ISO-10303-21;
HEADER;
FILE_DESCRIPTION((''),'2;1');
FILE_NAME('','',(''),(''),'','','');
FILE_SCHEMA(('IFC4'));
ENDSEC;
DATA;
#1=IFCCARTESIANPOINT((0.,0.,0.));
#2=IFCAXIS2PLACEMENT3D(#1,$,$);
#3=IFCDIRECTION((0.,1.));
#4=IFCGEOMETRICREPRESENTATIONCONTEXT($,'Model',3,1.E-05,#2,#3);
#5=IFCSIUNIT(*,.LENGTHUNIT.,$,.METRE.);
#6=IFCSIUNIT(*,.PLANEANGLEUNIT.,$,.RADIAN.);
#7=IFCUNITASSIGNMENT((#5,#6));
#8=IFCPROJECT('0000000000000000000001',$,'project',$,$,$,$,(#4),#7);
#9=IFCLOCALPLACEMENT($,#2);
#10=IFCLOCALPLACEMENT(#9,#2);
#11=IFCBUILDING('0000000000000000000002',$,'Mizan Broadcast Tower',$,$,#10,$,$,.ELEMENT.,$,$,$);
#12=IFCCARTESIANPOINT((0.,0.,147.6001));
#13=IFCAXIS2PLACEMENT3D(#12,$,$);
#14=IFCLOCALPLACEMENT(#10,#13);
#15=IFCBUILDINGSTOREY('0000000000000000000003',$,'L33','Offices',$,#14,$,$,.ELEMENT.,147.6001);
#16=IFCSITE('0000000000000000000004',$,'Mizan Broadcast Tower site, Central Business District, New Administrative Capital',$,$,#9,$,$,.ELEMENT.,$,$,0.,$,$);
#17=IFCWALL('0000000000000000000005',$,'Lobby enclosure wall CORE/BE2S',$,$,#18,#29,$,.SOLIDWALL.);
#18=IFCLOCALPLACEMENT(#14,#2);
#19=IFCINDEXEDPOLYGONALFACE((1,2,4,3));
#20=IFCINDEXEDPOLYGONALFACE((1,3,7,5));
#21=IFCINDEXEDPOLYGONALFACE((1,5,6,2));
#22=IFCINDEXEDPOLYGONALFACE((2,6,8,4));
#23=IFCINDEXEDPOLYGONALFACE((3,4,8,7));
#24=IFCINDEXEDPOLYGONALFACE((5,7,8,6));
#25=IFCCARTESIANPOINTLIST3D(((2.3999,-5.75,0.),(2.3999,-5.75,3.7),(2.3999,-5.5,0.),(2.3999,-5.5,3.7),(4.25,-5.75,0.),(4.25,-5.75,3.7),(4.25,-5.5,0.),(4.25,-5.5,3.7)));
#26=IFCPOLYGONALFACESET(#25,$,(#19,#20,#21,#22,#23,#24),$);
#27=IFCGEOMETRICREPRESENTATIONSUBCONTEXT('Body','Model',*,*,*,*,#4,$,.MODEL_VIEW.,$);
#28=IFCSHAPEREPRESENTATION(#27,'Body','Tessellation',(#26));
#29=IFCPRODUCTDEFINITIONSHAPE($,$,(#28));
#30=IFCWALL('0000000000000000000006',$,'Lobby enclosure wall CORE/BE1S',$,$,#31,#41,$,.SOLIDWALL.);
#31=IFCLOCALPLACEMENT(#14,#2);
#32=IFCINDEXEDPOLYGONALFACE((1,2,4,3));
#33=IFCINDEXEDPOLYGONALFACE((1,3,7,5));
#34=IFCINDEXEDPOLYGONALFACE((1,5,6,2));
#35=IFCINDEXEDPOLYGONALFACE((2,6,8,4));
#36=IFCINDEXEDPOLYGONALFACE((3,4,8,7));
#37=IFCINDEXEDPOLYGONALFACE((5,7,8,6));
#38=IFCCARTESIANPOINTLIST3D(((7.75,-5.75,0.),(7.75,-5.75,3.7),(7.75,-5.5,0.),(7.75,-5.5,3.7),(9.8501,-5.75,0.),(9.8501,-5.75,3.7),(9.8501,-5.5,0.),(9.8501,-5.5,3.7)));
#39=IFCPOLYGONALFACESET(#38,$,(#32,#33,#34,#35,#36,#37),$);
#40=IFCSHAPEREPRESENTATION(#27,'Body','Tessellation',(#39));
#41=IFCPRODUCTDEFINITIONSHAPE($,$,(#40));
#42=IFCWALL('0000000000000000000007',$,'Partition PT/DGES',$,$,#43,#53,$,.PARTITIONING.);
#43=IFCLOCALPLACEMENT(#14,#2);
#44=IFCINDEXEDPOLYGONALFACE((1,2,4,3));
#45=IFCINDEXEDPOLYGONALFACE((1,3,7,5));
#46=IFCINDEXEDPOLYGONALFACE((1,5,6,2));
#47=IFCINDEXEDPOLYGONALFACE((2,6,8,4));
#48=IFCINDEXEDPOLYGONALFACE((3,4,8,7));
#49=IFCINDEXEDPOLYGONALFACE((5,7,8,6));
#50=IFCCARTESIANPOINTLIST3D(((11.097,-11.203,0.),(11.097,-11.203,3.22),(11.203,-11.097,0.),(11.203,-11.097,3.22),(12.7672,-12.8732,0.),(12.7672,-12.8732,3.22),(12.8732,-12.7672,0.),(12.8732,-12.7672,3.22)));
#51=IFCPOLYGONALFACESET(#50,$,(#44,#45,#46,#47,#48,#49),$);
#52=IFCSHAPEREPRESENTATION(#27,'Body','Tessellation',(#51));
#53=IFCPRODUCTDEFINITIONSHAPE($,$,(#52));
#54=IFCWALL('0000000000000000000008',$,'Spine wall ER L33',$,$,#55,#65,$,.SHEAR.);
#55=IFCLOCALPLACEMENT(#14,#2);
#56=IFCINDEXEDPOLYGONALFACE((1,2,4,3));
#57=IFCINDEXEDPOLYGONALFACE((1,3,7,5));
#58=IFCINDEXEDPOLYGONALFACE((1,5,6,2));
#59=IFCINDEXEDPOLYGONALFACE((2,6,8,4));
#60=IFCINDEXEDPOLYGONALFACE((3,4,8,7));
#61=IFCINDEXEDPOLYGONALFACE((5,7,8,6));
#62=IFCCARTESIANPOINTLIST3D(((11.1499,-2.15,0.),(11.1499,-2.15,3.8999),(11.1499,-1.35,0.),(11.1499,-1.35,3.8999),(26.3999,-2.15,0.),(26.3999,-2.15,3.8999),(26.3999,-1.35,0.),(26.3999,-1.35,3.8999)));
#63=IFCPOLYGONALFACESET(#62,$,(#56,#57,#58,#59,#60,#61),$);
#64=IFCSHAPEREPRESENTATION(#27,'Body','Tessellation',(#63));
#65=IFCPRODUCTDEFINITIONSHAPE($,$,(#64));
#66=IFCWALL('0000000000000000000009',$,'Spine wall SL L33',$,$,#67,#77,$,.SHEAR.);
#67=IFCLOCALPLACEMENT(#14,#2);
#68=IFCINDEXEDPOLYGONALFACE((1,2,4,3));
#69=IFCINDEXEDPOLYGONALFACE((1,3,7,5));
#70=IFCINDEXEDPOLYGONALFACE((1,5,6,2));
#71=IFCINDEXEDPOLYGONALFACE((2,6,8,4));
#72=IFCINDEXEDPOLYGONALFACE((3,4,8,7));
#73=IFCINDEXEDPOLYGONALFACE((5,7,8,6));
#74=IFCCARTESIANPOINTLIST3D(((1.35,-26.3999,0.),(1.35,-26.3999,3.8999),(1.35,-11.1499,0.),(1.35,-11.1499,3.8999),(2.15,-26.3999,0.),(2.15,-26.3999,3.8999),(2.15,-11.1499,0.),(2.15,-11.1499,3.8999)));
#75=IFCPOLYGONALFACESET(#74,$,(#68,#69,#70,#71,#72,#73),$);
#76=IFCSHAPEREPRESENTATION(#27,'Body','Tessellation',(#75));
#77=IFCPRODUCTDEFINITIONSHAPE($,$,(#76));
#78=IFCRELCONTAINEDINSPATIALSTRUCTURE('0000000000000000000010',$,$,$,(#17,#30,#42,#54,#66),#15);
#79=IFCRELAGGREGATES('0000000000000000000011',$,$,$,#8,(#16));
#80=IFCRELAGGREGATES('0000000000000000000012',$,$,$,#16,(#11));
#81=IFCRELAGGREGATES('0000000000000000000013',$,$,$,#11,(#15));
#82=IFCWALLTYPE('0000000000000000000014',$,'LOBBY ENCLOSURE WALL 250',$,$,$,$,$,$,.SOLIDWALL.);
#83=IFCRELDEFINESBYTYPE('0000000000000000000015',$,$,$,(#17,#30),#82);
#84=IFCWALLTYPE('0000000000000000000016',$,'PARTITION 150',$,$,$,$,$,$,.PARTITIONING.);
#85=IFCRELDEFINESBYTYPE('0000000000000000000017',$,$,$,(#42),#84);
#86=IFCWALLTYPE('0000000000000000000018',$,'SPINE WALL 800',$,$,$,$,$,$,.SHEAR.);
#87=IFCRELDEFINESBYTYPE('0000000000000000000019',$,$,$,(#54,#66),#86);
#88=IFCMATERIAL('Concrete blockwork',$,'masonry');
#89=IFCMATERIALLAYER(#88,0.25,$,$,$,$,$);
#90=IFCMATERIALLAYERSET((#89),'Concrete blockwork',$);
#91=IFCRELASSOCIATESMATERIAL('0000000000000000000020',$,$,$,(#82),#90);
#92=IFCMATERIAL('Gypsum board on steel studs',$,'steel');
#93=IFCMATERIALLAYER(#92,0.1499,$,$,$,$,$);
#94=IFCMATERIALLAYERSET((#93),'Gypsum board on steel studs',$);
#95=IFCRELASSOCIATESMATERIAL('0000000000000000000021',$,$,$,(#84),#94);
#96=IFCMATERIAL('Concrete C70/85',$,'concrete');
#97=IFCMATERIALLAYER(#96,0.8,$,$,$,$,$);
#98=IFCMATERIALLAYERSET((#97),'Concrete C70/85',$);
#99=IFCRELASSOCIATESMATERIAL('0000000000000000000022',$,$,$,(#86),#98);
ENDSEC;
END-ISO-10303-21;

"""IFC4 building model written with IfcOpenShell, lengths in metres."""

from ifc_helpers import new_model, si_unit, direction, frame, frame_2d, origin, place, context, subcontext, project, spatial, rectangle, extrude, material, layer, layer_set, type_object, element, save


model = new_model("IFC4")

# Units and contexts
model_context = context("Model", 3, precision=1e-05, world=origin(), true_north=direction((0.0, 1.0)))
body_context = subcontext(model_context, "Body", "Model", "MODEL_VIEW")
ifc_project = project(units=[si_unit("LENGTHUNIT", "METRE"), si_unit("PLANEANGLEUNIT", "RADIAN")], contexts=[model_context])

# Site, building, storey
site_placement = place(None, origin())
site = spatial("IfcSite", under=ifc_project, at=site_placement, Name="Mizan Broadcast Tower site, Central Business District, New Administrative Capital", CompositionType="ELEMENT", RefElevation=0.0)
building_placement = place(site_placement, origin())
building = spatial("IfcBuilding", under=site, at=building_placement, Name="Mizan Broadcast Tower", CompositionType="ELEMENT")
storey_placement = place(building_placement, frame((0.0, 0.0, 147.6001)))
storey = spatial("IfcBuildingStorey", under=building, at=storey_placement, Name="L33", Description="Offices", CompositionType="ELEMENT", Elevation=147.6001)

# Walls
ifc_material_1 = material(Name="Concrete blockwork", Category="masonry")
ifc_layer_1 = layer(ifc_material_1, 0.25)
ifc_layer_set_1 = layer_set([ifc_layer_1], Name="Concrete blockwork")
wall_type_1 = type_object("IfcWallType", Name="LOBBY ENCLOSURE WALL 250", PredefinedType="SOLIDWALL", material=ifc_layer_set_1)
wall_1_placement = place(storey_placement, frame((2.3999, -5.625, 0.0), z_axis=(0.0, 0.0, 1.0), x_axis=(1.0, 0.0, 0.0)))
element("IfcWall", 1, at=wall_1_placement, inside=storey, type_object=wall_type_1, Name="Lobby enclosure wall CORE/BE2S", PredefinedType="SOLIDWALL", context=body_context, shape_type="SweptSolid", body=[
    extrude(rectangle(XDim=1.8501, YDim=0.25, at=frame_2d((0.925, 0.0))), origin(), (0.0, 0.0, 1.0), 3.7),
])
wall_2_placement = place(storey_placement, frame((7.75, -5.625, 0.0), z_axis=(0.0, 0.0, 1.0), x_axis=(1.0, 0.0, 0.0)))
element("IfcWall", 2, at=wall_2_placement, inside=storey, type_object=wall_type_1, Name="Lobby enclosure wall CORE/BE1S", PredefinedType="SOLIDWALL", context=body_context, shape_type="SweptSolid", body=[
    extrude(rectangle(XDim=2.1001, YDim=0.25, at=frame_2d((1.05, 0.0))), origin(), (0.0, 0.0, 1.0), 3.7),
])
ifc_material_2 = material(Name="Gypsum board on steel studs", Category="steel")
ifc_layer_2 = layer(ifc_material_2, 0.1499)
ifc_layer_set_2 = layer_set([ifc_layer_2], Name="Gypsum board on steel studs")
wall_type_2 = type_object("IfcWallType", Name="PARTITION 150", PredefinedType="PARTITIONING", material=ifc_layer_set_2)
wall_3_placement = place(storey_placement, frame((11.1499, -11.1499, 0.0), z_axis=(0.0, 0.0, 1.0), x_axis=(0.707107, -0.707107, 0.0)))
element("IfcWall", 3, at=wall_3_placement, inside=storey, type_object=wall_type_2, Name="Partition PT/DGES", PredefinedType="PARTITIONING", context=body_context, shape_type="SweptSolid", body=[
    extrude(rectangle(XDim=2.3621, YDim=0.1499, at=frame_2d((1.1812, 0.0))), origin(), (0.0, 0.0, 1.0), 3.22),
])
ifc_material_3 = material(Name="Concrete C70/85", Category="concrete")
ifc_layer_3 = layer(ifc_material_3, 0.8)
ifc_layer_set_3 = layer_set([ifc_layer_3], Name="Concrete C70/85")
wall_type_3 = type_object("IfcWallType", Name="SPINE WALL 800", PredefinedType="SHEAR", material=ifc_layer_set_3)
for number, where, z_axis, x_axis, name in (
    (4, (11.1499, -1.75, 0.0), (0.0, 0.0, 1.0), (1.0, 0.0, 0.0), "Spine wall ER L33"),
    (5, (1.75, -11.1499, 0.0), (0.0, 0.0, 1.0), (0.0, -1.0, 0.0), "Spine wall SL L33"),
):
    element("IfcWall", number, at=place(storey_placement, frame(where, z_axis=z_axis, x_axis=x_axis)), inside=storey, type_object=wall_type_3, Name=name, PredefinedType="SHEAR", context=body_context, shape_type="SweptSolid", body=[
        extrude(rectangle(XDim=15.25, YDim=0.8, at=frame_2d((7.625, 0.0))), origin(), (0.0, 0.0, 1.0), 3.8999),
    ])

save(model, "model.ifc")
